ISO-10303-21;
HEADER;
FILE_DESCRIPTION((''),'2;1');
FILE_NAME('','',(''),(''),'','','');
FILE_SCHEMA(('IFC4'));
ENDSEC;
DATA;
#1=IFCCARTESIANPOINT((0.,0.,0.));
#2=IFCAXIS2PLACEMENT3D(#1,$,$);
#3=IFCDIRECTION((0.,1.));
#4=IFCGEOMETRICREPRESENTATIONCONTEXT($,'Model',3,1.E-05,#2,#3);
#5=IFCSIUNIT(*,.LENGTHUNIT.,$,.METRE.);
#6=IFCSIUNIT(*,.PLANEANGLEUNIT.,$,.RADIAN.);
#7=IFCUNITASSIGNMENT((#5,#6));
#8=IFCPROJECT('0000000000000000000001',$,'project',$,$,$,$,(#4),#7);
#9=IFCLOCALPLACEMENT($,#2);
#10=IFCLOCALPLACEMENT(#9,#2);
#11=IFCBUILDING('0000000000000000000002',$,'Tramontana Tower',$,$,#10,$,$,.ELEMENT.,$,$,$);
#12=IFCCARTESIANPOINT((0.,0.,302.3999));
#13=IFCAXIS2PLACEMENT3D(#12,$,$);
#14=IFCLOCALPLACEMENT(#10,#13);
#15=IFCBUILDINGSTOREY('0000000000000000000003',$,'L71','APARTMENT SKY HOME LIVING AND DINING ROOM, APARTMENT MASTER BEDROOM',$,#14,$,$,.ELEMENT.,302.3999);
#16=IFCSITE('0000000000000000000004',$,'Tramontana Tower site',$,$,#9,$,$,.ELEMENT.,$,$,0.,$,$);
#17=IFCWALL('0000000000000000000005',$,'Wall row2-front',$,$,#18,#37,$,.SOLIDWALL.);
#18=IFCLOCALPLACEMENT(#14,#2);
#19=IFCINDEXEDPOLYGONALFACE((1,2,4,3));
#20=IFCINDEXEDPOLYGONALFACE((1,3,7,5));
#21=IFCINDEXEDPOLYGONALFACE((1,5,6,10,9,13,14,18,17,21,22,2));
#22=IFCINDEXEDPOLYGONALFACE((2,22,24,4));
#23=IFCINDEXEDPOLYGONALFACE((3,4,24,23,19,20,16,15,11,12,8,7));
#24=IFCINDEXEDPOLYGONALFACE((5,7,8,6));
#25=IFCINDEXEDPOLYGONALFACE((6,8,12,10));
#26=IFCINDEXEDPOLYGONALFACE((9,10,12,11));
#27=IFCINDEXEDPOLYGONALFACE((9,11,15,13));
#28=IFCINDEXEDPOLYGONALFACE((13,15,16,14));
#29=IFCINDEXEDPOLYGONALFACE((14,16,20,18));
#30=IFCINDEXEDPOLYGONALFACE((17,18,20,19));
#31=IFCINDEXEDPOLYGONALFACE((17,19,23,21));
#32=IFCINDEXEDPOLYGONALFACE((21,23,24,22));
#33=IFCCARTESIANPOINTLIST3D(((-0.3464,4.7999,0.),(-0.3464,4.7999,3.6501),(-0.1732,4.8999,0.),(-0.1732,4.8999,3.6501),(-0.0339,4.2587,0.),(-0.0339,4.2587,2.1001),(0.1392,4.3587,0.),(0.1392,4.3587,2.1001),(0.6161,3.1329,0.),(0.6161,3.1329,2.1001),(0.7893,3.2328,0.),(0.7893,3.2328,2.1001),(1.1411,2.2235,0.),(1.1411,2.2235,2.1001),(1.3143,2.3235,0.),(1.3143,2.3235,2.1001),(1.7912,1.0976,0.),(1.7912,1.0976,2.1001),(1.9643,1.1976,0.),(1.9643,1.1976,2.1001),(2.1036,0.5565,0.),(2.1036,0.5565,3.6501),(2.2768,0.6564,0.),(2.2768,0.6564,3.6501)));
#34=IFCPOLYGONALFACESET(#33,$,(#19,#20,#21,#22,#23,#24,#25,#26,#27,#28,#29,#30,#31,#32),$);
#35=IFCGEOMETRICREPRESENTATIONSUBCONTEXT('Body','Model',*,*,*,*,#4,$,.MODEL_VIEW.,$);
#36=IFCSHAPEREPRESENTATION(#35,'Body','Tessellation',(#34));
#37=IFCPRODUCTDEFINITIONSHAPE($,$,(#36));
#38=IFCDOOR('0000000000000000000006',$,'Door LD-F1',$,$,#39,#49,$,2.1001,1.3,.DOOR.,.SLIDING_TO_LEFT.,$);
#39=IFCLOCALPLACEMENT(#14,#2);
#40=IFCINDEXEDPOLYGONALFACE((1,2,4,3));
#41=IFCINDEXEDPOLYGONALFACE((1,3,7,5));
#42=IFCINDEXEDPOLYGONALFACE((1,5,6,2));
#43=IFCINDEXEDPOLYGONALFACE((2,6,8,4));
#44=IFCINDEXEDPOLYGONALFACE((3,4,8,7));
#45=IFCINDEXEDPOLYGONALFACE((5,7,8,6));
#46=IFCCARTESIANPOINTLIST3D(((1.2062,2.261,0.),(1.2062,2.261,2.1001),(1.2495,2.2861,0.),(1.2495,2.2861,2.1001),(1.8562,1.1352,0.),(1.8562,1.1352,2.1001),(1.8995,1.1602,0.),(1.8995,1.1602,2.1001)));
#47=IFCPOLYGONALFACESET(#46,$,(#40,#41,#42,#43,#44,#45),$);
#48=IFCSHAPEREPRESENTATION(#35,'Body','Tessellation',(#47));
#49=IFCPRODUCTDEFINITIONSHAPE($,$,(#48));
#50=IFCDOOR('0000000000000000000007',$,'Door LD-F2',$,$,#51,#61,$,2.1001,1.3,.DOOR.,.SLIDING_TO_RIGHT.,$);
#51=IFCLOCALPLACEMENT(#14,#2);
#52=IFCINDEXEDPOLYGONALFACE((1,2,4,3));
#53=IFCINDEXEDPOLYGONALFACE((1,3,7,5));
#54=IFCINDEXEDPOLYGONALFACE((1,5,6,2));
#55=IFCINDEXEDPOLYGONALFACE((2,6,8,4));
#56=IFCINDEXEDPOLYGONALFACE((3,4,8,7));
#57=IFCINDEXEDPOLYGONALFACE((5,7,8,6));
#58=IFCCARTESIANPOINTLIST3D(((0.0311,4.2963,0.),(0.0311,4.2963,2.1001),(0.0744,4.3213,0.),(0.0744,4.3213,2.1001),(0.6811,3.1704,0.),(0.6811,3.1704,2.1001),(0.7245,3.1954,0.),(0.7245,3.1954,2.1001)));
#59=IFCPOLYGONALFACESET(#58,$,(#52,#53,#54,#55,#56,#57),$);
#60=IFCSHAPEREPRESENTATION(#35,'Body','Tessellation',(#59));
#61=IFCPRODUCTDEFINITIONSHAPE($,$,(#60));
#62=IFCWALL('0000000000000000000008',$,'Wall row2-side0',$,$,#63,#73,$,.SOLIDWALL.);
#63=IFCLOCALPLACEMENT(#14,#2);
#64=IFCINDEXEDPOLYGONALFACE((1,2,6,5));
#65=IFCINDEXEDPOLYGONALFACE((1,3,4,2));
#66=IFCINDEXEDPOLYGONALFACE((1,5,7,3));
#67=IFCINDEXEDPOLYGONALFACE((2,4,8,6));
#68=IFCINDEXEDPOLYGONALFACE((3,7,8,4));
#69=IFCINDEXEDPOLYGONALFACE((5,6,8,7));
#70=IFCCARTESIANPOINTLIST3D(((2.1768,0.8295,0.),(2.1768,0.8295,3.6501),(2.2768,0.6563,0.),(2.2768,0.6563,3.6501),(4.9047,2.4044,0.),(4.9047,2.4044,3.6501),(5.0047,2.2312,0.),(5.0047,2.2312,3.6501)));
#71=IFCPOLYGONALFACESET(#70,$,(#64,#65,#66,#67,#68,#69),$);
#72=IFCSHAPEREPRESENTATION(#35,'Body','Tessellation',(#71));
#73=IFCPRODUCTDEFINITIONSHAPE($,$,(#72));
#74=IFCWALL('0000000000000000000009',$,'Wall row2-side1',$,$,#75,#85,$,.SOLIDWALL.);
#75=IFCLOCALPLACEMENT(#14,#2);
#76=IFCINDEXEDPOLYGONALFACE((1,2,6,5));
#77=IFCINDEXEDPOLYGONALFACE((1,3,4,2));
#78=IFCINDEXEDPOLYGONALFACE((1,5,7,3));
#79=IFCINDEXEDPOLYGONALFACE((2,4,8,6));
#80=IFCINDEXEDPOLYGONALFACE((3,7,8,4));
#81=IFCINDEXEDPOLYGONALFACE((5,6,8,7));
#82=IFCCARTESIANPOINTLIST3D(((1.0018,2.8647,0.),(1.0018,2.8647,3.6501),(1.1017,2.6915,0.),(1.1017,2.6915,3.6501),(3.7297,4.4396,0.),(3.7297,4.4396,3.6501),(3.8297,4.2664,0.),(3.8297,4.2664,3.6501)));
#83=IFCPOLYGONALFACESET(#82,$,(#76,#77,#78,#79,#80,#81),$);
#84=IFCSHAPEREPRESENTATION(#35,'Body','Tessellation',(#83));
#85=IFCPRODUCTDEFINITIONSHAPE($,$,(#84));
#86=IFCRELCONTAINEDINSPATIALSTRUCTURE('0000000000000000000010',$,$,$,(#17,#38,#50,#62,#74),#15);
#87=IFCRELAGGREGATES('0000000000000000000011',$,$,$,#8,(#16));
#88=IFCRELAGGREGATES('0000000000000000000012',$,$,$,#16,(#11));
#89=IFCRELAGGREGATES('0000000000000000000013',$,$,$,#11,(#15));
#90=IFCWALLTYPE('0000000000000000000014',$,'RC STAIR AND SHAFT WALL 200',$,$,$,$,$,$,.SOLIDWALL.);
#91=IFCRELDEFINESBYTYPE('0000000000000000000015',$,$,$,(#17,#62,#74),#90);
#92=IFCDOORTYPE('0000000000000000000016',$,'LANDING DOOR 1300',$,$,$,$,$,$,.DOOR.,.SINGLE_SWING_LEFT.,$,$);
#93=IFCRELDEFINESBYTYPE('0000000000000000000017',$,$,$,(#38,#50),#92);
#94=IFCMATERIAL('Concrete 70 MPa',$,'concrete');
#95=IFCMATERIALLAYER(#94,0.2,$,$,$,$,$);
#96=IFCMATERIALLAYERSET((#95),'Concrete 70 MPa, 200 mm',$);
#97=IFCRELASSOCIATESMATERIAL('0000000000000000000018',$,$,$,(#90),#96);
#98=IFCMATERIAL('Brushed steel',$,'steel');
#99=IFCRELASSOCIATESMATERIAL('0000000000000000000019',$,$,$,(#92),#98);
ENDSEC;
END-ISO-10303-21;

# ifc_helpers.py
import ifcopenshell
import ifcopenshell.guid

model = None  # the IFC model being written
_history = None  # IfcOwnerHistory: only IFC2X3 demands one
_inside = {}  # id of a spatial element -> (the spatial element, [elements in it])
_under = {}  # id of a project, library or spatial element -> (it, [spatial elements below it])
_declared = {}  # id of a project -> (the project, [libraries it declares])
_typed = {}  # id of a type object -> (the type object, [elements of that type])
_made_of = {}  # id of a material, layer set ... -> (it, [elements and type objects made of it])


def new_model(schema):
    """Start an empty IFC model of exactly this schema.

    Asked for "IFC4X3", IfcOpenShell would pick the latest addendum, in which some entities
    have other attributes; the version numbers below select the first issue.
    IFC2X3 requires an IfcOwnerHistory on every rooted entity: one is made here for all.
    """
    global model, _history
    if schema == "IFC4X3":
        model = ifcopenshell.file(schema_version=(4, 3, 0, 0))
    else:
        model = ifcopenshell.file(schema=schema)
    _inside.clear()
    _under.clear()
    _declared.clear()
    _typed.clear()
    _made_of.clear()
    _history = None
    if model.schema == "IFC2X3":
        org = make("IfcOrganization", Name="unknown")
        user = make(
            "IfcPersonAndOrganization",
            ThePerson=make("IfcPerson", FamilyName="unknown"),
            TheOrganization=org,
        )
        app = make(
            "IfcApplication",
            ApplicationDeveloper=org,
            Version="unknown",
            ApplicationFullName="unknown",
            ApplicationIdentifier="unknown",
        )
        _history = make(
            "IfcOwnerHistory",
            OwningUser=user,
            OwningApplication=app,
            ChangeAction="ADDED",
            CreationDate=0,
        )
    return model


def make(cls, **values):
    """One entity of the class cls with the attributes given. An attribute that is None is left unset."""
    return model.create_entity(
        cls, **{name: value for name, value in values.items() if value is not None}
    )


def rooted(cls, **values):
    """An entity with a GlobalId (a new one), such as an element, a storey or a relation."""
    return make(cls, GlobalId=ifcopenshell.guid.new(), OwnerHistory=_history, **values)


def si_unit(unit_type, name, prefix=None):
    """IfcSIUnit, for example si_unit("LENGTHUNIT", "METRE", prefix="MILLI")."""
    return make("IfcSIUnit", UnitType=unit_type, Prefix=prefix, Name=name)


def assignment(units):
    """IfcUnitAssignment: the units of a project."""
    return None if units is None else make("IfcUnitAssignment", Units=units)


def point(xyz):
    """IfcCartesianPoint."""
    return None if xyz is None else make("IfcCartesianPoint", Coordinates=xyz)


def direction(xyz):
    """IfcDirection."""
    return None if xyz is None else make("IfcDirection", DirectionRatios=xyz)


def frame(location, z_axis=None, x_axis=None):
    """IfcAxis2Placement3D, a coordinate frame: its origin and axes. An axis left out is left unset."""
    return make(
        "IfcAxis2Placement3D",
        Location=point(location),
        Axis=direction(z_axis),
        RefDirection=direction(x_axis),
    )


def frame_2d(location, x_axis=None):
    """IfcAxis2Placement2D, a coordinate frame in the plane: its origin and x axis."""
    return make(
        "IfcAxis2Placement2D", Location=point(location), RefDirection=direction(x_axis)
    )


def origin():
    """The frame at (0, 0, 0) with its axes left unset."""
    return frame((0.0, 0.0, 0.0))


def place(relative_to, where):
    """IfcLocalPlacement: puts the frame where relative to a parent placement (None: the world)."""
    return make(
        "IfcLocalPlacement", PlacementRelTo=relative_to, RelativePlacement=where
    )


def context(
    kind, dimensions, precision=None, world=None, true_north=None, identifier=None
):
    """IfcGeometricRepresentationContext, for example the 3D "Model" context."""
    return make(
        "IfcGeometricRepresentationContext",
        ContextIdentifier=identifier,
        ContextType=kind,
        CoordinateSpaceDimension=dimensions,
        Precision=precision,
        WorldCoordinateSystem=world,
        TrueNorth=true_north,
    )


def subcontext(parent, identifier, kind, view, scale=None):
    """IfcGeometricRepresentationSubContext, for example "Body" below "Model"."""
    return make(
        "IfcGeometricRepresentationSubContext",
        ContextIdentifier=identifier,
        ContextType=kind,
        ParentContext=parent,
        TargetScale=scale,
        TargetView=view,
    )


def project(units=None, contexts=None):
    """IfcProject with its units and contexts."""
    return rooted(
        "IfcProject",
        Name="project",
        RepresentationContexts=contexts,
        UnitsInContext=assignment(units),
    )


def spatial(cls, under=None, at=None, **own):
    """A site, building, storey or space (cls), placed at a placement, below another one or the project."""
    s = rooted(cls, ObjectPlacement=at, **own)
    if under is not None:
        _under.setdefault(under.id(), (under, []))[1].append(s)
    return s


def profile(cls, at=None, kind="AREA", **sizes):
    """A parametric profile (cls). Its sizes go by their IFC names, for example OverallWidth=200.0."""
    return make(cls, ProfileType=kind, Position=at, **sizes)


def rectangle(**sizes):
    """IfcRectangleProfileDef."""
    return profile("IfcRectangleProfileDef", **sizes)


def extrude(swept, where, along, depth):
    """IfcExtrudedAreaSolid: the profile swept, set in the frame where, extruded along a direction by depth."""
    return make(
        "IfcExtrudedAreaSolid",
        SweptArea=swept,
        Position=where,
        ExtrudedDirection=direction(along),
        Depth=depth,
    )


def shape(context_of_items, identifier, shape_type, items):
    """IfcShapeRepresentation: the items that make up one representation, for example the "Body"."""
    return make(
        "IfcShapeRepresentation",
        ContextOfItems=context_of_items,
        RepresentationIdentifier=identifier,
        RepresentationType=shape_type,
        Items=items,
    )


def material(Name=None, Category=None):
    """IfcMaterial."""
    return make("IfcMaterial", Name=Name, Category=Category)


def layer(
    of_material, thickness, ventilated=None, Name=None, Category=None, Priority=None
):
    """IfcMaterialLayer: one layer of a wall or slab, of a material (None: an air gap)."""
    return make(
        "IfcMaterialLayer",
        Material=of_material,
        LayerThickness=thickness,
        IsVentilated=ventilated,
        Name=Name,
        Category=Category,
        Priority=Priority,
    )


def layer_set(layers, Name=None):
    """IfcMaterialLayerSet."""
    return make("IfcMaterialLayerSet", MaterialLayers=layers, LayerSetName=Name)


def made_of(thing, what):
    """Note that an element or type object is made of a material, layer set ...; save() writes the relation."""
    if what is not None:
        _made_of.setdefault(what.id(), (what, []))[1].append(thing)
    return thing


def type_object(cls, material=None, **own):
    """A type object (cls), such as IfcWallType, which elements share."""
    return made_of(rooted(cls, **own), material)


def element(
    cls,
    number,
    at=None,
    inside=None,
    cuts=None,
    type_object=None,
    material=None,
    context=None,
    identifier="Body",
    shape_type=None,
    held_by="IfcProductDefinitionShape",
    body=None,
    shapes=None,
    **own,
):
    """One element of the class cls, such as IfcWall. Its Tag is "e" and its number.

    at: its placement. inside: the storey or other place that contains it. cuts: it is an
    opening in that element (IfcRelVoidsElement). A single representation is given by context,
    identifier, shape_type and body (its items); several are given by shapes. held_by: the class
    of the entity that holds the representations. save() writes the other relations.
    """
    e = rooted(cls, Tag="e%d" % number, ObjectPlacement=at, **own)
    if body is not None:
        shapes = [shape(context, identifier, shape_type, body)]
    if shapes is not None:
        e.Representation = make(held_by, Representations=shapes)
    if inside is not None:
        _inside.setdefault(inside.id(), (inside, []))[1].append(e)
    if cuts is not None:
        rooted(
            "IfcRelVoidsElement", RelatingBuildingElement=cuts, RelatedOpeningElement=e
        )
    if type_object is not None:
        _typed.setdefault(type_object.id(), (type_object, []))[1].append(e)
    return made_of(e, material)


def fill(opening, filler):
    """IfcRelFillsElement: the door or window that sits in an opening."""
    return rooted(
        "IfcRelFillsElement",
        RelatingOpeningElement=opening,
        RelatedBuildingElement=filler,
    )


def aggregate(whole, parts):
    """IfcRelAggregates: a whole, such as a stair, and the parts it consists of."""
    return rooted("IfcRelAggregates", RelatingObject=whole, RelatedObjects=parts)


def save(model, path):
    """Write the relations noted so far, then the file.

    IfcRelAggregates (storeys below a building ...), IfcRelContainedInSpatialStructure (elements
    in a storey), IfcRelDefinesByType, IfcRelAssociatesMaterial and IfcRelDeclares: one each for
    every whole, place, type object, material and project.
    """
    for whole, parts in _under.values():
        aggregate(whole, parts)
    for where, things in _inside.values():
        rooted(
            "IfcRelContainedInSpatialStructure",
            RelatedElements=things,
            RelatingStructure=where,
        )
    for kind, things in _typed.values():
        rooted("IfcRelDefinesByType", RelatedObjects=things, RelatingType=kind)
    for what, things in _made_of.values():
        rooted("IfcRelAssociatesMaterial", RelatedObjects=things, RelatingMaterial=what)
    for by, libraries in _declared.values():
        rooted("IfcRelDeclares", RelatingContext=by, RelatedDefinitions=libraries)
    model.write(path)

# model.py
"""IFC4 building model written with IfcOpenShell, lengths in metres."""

from ifc_helpers import new_model, si_unit, direction, frame, frame_2d, origin, place, context, subcontext, project, spatial, rectangle, extrude, material, layer, layer_set, type_object, element, fill, save


model = new_model("IFC4")

# Units and contexts
model_context = context("Model", 3, precision=1e-05, world=origin(), true_north=direction((0.0, 1.0)))
body_context = subcontext(model_context, "Body", "Model", "MODEL_VIEW")
ifc_project = project(units=[si_unit("LENGTHUNIT", "METRE"), si_unit("PLANEANGLEUNIT", "RADIAN")], contexts=[model_context])

# Site, building, storey
site_placement = place(None, origin())
site = spatial("IfcSite", under=ifc_project, at=site_placement, Name="Tramontana Tower site", CompositionType="ELEMENT", RefElevation=0.0)
building_placement = place(site_placement, origin())
building = spatial("IfcBuilding", under=site, at=building_placement, Name="Tramontana Tower", CompositionType="ELEMENT")
storey_placement = place(building_placement, frame((0.0, 0.0, 302.3999)))
storey = spatial("IfcBuildingStorey", under=building, at=storey_placement, Name="L71", Description="APARTMENT SKY HOME LIVING AND DINING ROOM, APARTMENT MASTER BEDROOM", CompositionType="ELEMENT", Elevation=302.3999)

# Shared definitions
ifc_material_1 = material(Name="Concrete 70 MPa", Category="concrete")
ifc_layer_1 = layer(ifc_material_1, 0.2)
ifc_layer_set_1 = layer_set([ifc_layer_1], Name="Concrete 70 MPa, 200 mm")
wall_type_1 = type_object("IfcWallType", Name="RC STAIR AND SHAFT WALL 200", PredefinedType="SOLIDWALL", material=ifc_layer_set_1)

# Wall, openings, doors
wall_1_placement = place(storey_placement, frame((2.1902, 0.6064, 0.0), z_axis=(0.0, 0.0, 1.0), x_axis=(-0.500003, 0.866024, 0.0)))
wall_1 = element("IfcWall", 1, at=wall_1_placement, inside=storey, type_object=wall_type_1, Name="Wall row2-front", PredefinedType="SOLIDWALL", context=body_context, shape_type="SweptSolid", body=[
    extrude(rectangle(XDim=4.8999, YDim=0.2, at=frame_2d((2.45, 0.0))), origin(), (0.0, 0.0, 1.0), 3.6501),
])
opening_1_placement = place(wall_1_placement, frame((0.625, 0.0, 0.0)))
opening_1 = element("IfcOpeningElement", 2, at=opening_1_placement, cuts=wall_1, PredefinedType="OPENING", context=body_context, shape_type="SweptSolid", body=[
    extrude(rectangle(XDim=1.3, YDim=2.1001, at=frame_2d((0.6499, 1.05))), frame((0.0, 0.1099, 0.0), z_axis=(0.0, -1.0, 0.0), x_axis=(1.0, 0.0, 0.0)), (0.0, 0.0, 1.0), 0.22),
])
opening_2_placement = place(wall_1_placement, frame((2.9751, 0.0, 0.0)))
opening_2 = element("IfcOpeningElement", 3, at=opening_2_placement, cuts=wall_1, PredefinedType="OPENING", context=body_context, shape_type="SweptSolid", body=[
    extrude(rectangle(XDim=1.3, YDim=2.1001, at=frame_2d((0.6499, 1.05))), frame((0.0, 0.1099, 0.0), z_axis=(0.0, -1.0, 0.0), x_axis=(1.0, 0.0, 0.0)), (0.0, 0.0, 1.0), 0.22),
])
ifc_material_2 = material(Name="Brushed steel", Category="steel")
door_type_1 = type_object("IfcDoorType", Name="LANDING DOOR 1300", OperationType="SINGLE_SWING_LEFT", PredefinedType="DOOR", material=ifc_material_2)
door_1_placement = place(opening_1_placement, origin())
door_1 = element("IfcDoor", 4, at=door_1_placement, inside=storey, type_object=door_type_1, Name="Door LD-F1", OperationType="SLIDING_TO_LEFT", OverallHeight=2.1001, OverallWidth=1.3, PredefinedType="DOOR", context=body_context, shape_type="SweptSolid", body=[
    extrude(rectangle(XDim=1.3, YDim=2.1001, at=frame_2d((0.6499, 1.05))), frame((0.0, 0.0249, 0.0), z_axis=(0.0, -1.0, 0.0), x_axis=(1.0, 0.0, 0.0)), (0.0, 0.0, 1.0), 0.05),
])
fill(opening_1, door_1)
door_2_placement = place(opening_2_placement, origin())
door_2 = element("IfcDoor", 5, at=door_2_placement, inside=storey, type_object=door_type_1, Name="Door LD-F2", OperationType="SLIDING_TO_RIGHT", OverallHeight=2.1001, OverallWidth=1.3, PredefinedType="DOOR", context=body_context, shape_type="SweptSolid", body=[
    extrude(rectangle(XDim=1.3, YDim=2.1001, at=frame_2d((0.6499, 1.05))), frame((0.0, 0.0249, 0.0), z_axis=(0.0, -1.0, 0.0), x_axis=(1.0, 0.0, 0.0)), (0.0, 0.0, 1.0), 0.05),
])
fill(opening_2, door_2)

# Walls
for number, where, z_axis, x_axis, name in (
    (6, (2.2268, 0.7429, 0.0), (0.0, 0.0, 1.0), (0.866036, 0.499982, 0.0), "Wall row2-side0"),
    (7, (1.0518, 2.7781, 0.0), (0.0, 0.0, 1.0), (0.866036, 0.499982, 0.0), "Wall row2-side1"),
):
    element("IfcWall", number, at=place(storey_placement, frame(where, z_axis=z_axis, x_axis=x_axis)), inside=storey, type_object=wall_type_1, Name=name, PredefinedType="SOLIDWALL", context=body_context, shape_type="SweptSolid", body=[
        extrude(rectangle(XDim=3.1499, YDim=0.2, at=frame_2d((1.575, 0.0))), origin(), (0.0, 0.0, 1.0), 3.6501),
    ])

save(model, "model.ifc")
